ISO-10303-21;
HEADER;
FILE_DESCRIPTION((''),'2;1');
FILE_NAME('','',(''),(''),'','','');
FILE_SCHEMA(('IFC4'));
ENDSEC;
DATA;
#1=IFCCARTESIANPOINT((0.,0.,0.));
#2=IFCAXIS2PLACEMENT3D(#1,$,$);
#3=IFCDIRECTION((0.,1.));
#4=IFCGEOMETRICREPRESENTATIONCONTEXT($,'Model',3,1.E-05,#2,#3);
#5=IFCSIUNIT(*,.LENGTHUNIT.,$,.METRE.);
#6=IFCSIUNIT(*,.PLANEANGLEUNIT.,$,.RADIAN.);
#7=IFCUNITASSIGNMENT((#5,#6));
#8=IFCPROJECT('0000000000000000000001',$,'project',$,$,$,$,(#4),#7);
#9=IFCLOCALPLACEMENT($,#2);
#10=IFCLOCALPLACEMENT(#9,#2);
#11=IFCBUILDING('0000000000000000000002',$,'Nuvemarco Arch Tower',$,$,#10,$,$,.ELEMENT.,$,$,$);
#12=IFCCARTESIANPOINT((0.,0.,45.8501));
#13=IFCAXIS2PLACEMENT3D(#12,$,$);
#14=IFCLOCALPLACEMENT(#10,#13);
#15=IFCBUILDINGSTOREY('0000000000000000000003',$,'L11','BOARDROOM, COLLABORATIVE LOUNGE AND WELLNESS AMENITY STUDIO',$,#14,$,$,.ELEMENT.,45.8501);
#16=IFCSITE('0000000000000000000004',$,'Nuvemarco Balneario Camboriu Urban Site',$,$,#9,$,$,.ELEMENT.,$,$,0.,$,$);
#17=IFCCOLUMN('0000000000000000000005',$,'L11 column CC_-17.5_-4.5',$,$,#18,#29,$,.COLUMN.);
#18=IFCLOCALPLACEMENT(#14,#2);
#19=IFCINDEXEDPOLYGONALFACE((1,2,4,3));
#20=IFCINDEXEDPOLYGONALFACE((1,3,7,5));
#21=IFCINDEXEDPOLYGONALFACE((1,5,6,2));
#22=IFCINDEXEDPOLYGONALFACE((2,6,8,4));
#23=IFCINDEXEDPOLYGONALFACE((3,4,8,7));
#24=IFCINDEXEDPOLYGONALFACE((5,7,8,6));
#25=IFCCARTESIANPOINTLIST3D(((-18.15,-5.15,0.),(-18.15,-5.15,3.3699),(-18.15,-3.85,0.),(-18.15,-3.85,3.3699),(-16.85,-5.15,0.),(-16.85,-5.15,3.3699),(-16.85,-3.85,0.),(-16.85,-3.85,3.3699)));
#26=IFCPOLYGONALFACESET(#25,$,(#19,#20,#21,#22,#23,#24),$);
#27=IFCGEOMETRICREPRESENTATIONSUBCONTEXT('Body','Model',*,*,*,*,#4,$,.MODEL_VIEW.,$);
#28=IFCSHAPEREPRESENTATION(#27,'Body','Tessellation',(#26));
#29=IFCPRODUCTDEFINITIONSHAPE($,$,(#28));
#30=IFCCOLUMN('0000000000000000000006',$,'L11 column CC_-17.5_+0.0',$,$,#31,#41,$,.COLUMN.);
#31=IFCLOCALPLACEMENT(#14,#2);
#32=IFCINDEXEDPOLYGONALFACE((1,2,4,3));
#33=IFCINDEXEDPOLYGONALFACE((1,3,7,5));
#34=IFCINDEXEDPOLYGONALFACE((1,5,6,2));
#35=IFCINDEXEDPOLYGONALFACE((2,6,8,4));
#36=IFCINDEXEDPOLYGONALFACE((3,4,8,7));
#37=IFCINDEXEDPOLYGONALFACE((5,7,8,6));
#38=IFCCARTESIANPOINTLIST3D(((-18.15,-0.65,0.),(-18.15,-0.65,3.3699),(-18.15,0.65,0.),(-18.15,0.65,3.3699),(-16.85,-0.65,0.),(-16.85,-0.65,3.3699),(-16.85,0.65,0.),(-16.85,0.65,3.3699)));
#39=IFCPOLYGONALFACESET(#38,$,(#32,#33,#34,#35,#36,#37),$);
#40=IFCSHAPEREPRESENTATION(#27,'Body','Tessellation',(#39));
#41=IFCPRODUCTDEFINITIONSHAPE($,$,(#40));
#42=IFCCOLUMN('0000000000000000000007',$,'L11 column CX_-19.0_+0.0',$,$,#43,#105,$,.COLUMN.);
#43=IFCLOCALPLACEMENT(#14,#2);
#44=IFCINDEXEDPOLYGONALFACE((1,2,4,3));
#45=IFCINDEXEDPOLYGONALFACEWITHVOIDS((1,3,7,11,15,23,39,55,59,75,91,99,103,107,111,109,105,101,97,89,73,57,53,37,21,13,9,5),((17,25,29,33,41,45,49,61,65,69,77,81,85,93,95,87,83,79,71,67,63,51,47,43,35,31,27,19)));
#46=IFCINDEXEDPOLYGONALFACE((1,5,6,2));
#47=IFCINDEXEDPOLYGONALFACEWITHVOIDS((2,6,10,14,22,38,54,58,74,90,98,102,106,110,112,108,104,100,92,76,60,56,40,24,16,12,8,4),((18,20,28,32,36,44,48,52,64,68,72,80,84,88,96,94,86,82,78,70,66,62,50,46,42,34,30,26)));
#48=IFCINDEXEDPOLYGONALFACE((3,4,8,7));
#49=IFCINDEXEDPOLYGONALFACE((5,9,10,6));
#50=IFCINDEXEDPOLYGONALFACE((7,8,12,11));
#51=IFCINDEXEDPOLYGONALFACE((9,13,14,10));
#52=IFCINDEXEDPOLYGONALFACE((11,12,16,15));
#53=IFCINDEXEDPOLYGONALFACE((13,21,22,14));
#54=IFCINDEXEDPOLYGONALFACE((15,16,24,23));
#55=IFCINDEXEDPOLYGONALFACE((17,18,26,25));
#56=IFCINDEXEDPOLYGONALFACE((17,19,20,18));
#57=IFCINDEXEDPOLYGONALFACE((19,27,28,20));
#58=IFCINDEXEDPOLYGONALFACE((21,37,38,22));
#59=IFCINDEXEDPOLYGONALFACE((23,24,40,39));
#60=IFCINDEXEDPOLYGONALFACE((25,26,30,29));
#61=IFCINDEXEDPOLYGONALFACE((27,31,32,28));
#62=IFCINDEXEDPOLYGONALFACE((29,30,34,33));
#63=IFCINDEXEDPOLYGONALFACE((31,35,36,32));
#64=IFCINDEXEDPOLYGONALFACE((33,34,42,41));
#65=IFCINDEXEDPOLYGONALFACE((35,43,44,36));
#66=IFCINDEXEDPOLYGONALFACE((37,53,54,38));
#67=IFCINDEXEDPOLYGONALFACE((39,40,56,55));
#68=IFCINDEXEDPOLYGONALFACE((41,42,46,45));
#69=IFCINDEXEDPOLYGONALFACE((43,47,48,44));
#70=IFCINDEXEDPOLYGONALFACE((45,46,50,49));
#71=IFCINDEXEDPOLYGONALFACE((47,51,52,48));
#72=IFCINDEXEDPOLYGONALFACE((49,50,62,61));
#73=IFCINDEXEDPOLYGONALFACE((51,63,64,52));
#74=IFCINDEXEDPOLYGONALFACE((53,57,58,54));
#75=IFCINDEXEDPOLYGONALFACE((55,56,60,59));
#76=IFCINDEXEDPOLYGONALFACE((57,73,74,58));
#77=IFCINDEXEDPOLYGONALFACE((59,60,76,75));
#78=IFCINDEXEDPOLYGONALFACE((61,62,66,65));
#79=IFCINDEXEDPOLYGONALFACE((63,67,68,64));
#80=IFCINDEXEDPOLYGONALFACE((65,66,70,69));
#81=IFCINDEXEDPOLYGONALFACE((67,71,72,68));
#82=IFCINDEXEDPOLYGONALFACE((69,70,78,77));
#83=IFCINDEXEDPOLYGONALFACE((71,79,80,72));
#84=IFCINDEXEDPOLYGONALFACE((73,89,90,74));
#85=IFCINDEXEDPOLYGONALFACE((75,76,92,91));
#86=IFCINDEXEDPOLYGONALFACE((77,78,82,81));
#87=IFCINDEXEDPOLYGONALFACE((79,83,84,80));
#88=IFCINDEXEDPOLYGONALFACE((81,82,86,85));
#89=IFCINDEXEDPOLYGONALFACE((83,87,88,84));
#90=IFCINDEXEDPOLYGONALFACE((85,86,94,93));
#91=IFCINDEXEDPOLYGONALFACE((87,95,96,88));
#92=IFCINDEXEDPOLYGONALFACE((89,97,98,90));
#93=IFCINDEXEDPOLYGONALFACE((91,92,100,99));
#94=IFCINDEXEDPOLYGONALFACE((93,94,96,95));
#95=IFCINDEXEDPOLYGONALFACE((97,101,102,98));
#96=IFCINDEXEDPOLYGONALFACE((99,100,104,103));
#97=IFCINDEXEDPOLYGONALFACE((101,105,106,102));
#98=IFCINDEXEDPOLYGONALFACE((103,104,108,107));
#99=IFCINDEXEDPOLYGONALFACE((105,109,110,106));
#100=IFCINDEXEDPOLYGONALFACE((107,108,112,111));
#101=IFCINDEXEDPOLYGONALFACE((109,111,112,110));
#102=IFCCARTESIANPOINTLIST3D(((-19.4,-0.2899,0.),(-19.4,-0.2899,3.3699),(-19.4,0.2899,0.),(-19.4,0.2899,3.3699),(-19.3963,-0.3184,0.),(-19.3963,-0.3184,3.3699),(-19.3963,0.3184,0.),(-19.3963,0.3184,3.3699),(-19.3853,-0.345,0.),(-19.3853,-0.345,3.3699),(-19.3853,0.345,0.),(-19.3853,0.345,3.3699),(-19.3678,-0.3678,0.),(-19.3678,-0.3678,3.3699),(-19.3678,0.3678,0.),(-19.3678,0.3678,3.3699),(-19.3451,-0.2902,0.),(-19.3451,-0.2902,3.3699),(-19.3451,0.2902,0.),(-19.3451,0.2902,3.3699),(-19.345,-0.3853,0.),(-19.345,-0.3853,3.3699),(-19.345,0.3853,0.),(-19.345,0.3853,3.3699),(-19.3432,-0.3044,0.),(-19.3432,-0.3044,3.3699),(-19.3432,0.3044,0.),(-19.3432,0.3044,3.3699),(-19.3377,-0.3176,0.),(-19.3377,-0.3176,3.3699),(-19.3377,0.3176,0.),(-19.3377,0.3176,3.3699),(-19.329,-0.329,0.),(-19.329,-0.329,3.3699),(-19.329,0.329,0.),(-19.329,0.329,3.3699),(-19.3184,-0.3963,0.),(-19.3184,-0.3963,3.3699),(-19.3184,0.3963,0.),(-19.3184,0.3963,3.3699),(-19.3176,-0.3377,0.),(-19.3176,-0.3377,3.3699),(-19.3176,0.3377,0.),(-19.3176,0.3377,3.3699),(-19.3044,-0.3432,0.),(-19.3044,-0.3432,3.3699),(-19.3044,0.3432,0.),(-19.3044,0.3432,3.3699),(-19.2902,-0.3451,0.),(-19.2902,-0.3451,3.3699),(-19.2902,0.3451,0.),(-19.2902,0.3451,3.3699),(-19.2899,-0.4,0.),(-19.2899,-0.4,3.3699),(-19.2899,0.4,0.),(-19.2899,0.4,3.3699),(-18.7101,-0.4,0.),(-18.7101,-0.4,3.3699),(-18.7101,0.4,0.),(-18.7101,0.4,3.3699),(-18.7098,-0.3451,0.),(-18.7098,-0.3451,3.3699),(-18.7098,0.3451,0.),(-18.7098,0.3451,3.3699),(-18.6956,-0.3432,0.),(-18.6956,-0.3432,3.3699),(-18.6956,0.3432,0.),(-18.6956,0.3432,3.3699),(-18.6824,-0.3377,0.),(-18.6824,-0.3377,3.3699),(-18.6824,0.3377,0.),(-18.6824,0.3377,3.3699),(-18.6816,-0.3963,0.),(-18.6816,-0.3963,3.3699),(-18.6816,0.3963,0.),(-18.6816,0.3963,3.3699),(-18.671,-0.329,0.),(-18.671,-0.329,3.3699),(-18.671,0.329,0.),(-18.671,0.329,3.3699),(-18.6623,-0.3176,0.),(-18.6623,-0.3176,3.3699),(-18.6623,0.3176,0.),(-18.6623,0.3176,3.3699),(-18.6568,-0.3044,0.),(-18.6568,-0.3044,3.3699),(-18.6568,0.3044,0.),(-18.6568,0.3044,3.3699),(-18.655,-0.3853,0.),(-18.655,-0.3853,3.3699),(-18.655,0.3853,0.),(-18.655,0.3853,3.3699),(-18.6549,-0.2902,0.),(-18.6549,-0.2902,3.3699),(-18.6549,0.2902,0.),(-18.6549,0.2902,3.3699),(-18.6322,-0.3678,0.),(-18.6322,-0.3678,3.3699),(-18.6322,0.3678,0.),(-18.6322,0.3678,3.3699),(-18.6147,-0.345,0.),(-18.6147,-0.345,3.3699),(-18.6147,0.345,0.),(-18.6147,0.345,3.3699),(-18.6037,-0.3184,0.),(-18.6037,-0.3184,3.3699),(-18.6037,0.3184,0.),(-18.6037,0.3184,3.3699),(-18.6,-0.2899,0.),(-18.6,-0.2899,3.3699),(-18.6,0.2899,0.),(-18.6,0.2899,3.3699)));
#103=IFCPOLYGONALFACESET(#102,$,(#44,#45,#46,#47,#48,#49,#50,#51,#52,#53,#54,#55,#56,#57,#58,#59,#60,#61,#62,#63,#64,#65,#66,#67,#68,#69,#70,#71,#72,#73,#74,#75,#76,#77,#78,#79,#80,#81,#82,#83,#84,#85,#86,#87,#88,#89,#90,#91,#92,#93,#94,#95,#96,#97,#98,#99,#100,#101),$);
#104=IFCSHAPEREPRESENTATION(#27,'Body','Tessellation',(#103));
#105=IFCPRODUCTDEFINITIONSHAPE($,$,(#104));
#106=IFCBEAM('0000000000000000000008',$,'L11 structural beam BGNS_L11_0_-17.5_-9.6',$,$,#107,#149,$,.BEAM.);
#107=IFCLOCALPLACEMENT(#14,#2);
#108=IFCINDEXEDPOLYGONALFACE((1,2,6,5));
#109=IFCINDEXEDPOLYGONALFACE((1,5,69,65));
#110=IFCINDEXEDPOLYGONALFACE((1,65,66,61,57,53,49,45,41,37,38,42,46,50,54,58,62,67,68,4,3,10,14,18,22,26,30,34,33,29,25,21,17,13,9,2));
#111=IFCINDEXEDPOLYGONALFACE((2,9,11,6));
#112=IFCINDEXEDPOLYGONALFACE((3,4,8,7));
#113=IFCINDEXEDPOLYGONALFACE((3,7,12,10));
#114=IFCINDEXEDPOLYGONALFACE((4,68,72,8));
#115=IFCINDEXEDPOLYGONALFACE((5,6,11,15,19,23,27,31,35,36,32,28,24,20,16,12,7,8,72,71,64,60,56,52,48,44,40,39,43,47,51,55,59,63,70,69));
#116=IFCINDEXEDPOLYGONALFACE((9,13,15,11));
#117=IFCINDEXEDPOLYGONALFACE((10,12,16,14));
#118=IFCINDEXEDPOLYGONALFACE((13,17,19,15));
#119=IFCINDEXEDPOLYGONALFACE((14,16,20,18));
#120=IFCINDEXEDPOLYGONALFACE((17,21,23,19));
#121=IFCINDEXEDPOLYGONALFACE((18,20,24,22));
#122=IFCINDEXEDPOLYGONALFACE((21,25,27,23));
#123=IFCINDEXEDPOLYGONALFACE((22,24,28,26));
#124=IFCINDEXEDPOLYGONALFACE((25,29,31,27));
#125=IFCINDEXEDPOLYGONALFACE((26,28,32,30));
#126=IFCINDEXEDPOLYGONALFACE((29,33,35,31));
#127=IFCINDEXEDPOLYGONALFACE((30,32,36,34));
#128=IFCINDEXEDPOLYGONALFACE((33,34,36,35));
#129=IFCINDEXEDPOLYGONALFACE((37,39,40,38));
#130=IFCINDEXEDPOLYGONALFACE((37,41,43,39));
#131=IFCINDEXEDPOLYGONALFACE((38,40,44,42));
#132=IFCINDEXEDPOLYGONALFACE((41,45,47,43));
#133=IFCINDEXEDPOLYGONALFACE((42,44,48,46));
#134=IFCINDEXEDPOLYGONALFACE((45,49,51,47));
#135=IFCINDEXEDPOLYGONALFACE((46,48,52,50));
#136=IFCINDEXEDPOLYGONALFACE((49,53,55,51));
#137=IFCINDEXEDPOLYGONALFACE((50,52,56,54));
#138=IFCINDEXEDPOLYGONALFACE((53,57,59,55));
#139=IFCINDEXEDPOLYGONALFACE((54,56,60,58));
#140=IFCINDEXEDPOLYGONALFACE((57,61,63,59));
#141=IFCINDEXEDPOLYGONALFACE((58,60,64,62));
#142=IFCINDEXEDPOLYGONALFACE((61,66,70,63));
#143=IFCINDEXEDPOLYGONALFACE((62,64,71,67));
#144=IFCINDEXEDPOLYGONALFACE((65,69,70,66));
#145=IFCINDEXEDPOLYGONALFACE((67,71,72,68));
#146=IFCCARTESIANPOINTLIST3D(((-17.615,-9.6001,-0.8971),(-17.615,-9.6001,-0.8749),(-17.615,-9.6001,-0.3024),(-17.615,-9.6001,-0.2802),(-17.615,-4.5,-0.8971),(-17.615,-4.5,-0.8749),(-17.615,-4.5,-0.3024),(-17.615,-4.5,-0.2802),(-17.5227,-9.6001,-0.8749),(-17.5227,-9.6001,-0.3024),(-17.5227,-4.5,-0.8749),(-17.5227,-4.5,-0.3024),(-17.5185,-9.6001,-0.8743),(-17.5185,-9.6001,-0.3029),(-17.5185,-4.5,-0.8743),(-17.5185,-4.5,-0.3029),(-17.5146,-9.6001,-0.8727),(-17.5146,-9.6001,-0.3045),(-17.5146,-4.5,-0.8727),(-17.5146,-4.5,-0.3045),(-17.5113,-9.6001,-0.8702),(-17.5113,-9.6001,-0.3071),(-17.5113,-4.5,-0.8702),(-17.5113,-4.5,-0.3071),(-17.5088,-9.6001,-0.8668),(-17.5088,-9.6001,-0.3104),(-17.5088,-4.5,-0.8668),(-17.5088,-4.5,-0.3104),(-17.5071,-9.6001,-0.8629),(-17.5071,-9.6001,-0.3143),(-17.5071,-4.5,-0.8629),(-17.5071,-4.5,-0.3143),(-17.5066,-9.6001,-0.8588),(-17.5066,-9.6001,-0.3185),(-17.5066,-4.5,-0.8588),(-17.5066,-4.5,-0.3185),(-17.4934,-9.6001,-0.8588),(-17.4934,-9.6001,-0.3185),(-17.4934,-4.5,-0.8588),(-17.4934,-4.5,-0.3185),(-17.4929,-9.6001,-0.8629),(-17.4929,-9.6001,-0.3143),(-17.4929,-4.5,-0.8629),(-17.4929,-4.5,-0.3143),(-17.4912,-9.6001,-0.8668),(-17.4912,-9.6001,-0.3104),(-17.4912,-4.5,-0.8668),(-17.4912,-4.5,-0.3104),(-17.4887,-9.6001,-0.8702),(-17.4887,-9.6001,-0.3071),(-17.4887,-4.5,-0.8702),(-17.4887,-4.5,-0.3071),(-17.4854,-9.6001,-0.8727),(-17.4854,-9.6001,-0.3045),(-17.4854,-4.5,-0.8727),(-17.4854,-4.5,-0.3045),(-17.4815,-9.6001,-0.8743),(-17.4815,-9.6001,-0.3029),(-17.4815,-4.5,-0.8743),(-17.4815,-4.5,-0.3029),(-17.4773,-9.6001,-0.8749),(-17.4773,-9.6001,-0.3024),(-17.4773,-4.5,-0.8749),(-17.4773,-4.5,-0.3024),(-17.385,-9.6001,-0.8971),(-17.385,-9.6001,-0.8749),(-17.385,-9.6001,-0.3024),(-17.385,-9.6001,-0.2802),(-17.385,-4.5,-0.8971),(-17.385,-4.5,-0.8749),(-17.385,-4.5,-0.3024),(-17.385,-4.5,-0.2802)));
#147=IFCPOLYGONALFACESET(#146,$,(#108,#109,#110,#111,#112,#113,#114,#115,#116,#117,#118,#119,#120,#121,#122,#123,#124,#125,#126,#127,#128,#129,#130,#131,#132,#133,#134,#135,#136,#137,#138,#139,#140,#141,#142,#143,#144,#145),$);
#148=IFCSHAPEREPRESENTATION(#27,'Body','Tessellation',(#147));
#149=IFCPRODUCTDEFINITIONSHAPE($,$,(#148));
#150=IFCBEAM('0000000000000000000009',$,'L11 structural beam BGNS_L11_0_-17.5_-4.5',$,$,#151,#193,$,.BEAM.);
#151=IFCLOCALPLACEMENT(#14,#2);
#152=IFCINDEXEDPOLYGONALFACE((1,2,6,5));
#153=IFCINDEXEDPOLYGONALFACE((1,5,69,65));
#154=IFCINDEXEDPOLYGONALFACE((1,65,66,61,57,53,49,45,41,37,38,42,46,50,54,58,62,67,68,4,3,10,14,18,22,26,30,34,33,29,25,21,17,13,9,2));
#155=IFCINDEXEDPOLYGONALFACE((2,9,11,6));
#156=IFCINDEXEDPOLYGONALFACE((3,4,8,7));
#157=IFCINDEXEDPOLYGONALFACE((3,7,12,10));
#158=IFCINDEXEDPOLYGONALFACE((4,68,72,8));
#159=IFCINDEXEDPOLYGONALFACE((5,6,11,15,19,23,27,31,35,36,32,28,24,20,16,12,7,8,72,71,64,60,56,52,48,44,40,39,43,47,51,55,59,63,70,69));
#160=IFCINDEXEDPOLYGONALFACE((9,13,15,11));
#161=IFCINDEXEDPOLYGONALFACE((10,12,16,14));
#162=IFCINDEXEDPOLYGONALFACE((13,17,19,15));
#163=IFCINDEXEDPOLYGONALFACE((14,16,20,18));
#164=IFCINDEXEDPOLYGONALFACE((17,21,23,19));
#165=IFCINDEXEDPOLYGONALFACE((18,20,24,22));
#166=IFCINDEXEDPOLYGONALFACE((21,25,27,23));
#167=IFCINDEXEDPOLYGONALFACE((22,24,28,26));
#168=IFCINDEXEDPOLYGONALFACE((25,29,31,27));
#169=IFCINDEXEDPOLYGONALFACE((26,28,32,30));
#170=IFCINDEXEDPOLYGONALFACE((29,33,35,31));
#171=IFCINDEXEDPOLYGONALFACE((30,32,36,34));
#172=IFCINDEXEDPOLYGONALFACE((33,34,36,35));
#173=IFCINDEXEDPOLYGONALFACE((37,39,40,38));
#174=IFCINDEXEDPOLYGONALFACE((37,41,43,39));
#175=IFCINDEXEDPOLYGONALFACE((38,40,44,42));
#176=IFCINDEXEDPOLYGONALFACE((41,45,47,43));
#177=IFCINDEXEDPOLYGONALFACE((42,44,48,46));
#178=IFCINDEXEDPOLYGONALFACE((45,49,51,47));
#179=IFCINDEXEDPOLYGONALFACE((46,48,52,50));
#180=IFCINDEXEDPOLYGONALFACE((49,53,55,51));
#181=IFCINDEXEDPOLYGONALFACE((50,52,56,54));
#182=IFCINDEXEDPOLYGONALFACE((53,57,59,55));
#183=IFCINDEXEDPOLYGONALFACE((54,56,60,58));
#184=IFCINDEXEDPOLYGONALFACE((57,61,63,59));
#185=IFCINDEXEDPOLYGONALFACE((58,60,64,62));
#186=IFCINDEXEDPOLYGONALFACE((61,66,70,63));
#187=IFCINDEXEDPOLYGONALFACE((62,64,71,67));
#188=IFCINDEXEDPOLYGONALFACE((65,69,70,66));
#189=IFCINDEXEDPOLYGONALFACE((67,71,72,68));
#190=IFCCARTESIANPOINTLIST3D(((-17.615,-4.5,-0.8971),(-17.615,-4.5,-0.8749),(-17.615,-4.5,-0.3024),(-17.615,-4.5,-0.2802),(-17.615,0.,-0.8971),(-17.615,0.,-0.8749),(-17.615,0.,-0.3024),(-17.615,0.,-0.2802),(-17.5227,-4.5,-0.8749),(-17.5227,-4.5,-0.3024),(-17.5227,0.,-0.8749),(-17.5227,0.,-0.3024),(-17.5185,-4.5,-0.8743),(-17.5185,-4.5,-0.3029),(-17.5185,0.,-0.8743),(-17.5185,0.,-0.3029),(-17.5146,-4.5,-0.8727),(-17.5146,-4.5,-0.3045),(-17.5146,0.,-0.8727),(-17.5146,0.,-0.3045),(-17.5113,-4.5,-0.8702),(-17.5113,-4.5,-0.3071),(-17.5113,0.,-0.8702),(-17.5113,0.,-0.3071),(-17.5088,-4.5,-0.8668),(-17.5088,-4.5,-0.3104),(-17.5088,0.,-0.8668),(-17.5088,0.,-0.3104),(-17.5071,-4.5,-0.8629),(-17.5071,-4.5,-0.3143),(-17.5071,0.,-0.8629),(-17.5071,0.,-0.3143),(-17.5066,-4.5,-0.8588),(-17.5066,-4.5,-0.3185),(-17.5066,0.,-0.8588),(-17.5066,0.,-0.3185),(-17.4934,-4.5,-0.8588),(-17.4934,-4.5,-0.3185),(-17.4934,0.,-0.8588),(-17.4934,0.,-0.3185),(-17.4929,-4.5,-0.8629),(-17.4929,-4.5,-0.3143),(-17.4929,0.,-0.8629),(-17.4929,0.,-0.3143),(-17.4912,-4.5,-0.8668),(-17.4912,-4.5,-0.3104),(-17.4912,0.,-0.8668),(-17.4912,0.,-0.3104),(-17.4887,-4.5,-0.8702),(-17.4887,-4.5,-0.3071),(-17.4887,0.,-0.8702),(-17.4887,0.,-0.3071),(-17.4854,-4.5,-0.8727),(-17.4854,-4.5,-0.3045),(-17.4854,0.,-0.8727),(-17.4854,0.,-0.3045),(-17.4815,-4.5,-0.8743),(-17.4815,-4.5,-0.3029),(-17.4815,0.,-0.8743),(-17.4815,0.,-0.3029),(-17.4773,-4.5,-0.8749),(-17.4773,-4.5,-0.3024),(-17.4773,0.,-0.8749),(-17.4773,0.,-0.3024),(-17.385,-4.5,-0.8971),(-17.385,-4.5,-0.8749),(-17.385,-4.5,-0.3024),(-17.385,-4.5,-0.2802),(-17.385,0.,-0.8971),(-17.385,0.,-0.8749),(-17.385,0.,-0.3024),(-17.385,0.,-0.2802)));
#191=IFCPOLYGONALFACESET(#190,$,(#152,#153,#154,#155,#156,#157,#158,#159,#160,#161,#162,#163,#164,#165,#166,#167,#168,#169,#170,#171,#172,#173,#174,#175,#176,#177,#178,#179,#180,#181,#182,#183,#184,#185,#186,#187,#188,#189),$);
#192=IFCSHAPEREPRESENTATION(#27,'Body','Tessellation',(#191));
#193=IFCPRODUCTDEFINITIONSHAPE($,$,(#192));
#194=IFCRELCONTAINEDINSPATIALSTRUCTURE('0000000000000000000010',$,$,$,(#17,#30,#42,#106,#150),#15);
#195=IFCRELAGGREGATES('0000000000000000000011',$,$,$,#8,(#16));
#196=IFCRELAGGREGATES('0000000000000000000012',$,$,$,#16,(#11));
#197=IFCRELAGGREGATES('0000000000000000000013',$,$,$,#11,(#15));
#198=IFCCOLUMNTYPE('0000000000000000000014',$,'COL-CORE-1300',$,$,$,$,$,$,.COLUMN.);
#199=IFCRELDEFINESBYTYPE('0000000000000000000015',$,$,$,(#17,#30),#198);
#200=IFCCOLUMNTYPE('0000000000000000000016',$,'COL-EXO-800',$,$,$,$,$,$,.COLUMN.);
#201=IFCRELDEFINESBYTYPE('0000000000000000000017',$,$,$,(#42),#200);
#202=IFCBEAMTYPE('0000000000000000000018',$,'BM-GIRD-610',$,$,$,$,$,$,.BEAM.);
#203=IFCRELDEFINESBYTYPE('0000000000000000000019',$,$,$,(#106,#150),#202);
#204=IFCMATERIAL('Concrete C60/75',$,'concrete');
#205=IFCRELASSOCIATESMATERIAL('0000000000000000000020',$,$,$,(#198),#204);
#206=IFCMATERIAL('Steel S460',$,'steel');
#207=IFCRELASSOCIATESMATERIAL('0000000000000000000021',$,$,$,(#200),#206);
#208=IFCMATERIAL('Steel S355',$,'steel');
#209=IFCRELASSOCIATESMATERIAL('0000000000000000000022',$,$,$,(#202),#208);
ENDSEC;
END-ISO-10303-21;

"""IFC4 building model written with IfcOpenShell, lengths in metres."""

from ifc_helpers import new_model, si_unit, direction, frame, origin, origin_2d, place, context, subcontext, project, spatial, rectangle, hollow_rectangle, i_section, extrude, material, material_profile, profile_set, type_object, element, save


model = new_model("IFC4")

# Units and contexts
model_context = context("Model", 3, precision=1e-05, world=origin(), true_north=direction((0.0, 1.0)))
body_context = subcontext(model_context, "Body", "Model", "MODEL_VIEW")
ifc_project = project(units=[si_unit("LENGTHUNIT", "METRE"), si_unit("PLANEANGLEUNIT", "RADIAN")], contexts=[model_context])

# Site, building, storey
site_placement = place(None, origin())
site = spatial("IfcSite", under=ifc_project, at=site_placement, Name="Nuvemarco Balneario Camboriu Urban Site", CompositionType="ELEMENT", RefElevation=0.0)
building_placement = place(site_placement, origin())
building = spatial("IfcBuilding", under=site, at=building_placement, Name="Nuvemarco Arch Tower", CompositionType="ELEMENT")
storey_placement = place(building_placement, frame((0.0, 0.0, 45.8501)))
storey = spatial("IfcBuildingStorey", under=building, at=storey_placement, Name="L11", Description="BOARDROOM, COLLABORATIVE LOUNGE AND WELLNESS AMENITY STUDIO", CompositionType="ELEMENT", Elevation=45.8501)

# Columns
ifc_material_1 = material(Name="Concrete C60/75", Category="concrete")
ifc_material_profile_1 = material_profile(ifc_material_1, rectangle(XDim=1.3, YDim=1.3, at=origin_2d()), Name="RC-COL-1300x1300")
ifc_profile_set_1 = profile_set([ifc_material_profile_1], Name="Concrete C60/75")
column_type_1 = type_object("IfcColumnType", Name="COL-CORE-1300", PredefinedType="COLUMN", material=ifc_profile_set_1)
for number, where, z_axis, x_axis, name in (
    (1, (-17.5, -4.5, 0.0), (0.0, 0.0, 1.0), (1.0, 0.0, 0.0), "L11 column CC_-17.5_-4.5"),
    (2, (-17.5, 0.0, 0.0), (0.0, 0.0, 1.0), (1.0, 0.0, 0.0), "L11 column CC_-17.5_+0.0"),
):
    element("IfcColumn", number, at=place(storey_placement, frame(where, z_axis=z_axis, x_axis=x_axis)), inside=storey, type_object=column_type_1, Name=name, PredefinedType="COLUMN", context=body_context, shape_type="SweptSolid", body=[
        extrude(rectangle(XDim=1.3, YDim=1.3, at=origin_2d()), origin(), (0.0, 0.0, 1.0), 3.3699),
    ])
ifc_material_2 = material(Name="Steel S460", Category="steel")
ifc_material_profile_2 = material_profile(ifc_material_2, hollow_rectangle(XDim=0.8, YDim=0.8, WallThickness=0.0549, InnerFilletRadius=0.0549, OuterFilletRadius=0.1101, at=origin_2d()), Name="SHS800x800x55")
ifc_profile_set_2 = profile_set([ifc_material_profile_2], Name="Steel S460")
column_type_2 = type_object("IfcColumnType", Name="COL-EXO-800", PredefinedType="COLUMN", material=ifc_profile_set_2)
column_placement = place(storey_placement, frame((-19.0, 0.0, 0.0), z_axis=(0.0, 0.0, 1.0), x_axis=(1.0, 0.0, 0.0)))
element("IfcColumn", 3, at=column_placement, inside=storey, type_object=column_type_2, Name="L11 column CX_-19.0_+0.0", PredefinedType="COLUMN", context=body_context, shape_type="SweptSolid", body=[
    extrude(hollow_rectangle(XDim=0.8, YDim=0.8, WallThickness=0.0549, InnerFilletRadius=0.0549, OuterFilletRadius=0.1101, at=origin_2d()), origin(), (0.0, 0.0, 1.0), 3.3699),
])

# Beams
ifc_material_3 = material(Name="Steel S355", Category="steel")
ifc_material_profile_3 = material_profile(ifc_material_3, i_section(OverallWidth=0.23, OverallDepth=0.6169, WebThickness=0.0132, FlangeThickness=0.0222, FilletRadius=0.0161, at=origin_2d()), Name="W610x140")
ifc_profile_set_3 = profile_set([ifc_material_profile_3], Name="Steel S355")
beam_type_1 = type_object("IfcBeamType", Name="BM-GIRD-610", PredefinedType="BEAM", material=ifc_profile_set_3)
beam_1_placement = place(storey_placement, frame((-17.5, -9.6001, -0.5886), z_axis=(0.0, 1.0, 0.0), x_axis=(-1.0, 0.0, 0.0)))
element("IfcBeam", 4, at=beam_1_placement, inside=storey, type_object=beam_type_1, Name="L11 structural beam BGNS_L11_0_-17.5_-9.6", PredefinedType="BEAM", context=body_context, shape_type="SweptSolid", body=[
    extrude(i_section(OverallWidth=0.23, OverallDepth=0.6169, WebThickness=0.0132, FlangeThickness=0.0222, FilletRadius=0.0161, at=origin_2d()), origin(), (0.0, 0.0, 1.0), 5.1001),
])
for number, where, z_axis, x_axis, name in (
    (5, (-17.5, -4.5, -0.5886), (0.0, 1.0, 0.0), (-1.0, 0.0, 0.0), "L11 structural beam BGNS_L11_0_-17.5_-4.5"),
):
    element("IfcBeam", number, at=place(storey_placement, frame(where, z_axis=z_axis, x_axis=x_axis)), inside=storey, type_object=beam_type_1, Name=name, PredefinedType="BEAM", context=body_context, shape_type="SweptSolid", body=[
        extrude(i_section(OverallWidth=0.23, OverallDepth=0.6169, WebThickness=0.0132, FlangeThickness=0.0222, FilletRadius=0.0161, at=origin_2d()), origin(), (0.0, 0.0, 1.0), 4.5),
    ])

save(model, "model.ifc")
